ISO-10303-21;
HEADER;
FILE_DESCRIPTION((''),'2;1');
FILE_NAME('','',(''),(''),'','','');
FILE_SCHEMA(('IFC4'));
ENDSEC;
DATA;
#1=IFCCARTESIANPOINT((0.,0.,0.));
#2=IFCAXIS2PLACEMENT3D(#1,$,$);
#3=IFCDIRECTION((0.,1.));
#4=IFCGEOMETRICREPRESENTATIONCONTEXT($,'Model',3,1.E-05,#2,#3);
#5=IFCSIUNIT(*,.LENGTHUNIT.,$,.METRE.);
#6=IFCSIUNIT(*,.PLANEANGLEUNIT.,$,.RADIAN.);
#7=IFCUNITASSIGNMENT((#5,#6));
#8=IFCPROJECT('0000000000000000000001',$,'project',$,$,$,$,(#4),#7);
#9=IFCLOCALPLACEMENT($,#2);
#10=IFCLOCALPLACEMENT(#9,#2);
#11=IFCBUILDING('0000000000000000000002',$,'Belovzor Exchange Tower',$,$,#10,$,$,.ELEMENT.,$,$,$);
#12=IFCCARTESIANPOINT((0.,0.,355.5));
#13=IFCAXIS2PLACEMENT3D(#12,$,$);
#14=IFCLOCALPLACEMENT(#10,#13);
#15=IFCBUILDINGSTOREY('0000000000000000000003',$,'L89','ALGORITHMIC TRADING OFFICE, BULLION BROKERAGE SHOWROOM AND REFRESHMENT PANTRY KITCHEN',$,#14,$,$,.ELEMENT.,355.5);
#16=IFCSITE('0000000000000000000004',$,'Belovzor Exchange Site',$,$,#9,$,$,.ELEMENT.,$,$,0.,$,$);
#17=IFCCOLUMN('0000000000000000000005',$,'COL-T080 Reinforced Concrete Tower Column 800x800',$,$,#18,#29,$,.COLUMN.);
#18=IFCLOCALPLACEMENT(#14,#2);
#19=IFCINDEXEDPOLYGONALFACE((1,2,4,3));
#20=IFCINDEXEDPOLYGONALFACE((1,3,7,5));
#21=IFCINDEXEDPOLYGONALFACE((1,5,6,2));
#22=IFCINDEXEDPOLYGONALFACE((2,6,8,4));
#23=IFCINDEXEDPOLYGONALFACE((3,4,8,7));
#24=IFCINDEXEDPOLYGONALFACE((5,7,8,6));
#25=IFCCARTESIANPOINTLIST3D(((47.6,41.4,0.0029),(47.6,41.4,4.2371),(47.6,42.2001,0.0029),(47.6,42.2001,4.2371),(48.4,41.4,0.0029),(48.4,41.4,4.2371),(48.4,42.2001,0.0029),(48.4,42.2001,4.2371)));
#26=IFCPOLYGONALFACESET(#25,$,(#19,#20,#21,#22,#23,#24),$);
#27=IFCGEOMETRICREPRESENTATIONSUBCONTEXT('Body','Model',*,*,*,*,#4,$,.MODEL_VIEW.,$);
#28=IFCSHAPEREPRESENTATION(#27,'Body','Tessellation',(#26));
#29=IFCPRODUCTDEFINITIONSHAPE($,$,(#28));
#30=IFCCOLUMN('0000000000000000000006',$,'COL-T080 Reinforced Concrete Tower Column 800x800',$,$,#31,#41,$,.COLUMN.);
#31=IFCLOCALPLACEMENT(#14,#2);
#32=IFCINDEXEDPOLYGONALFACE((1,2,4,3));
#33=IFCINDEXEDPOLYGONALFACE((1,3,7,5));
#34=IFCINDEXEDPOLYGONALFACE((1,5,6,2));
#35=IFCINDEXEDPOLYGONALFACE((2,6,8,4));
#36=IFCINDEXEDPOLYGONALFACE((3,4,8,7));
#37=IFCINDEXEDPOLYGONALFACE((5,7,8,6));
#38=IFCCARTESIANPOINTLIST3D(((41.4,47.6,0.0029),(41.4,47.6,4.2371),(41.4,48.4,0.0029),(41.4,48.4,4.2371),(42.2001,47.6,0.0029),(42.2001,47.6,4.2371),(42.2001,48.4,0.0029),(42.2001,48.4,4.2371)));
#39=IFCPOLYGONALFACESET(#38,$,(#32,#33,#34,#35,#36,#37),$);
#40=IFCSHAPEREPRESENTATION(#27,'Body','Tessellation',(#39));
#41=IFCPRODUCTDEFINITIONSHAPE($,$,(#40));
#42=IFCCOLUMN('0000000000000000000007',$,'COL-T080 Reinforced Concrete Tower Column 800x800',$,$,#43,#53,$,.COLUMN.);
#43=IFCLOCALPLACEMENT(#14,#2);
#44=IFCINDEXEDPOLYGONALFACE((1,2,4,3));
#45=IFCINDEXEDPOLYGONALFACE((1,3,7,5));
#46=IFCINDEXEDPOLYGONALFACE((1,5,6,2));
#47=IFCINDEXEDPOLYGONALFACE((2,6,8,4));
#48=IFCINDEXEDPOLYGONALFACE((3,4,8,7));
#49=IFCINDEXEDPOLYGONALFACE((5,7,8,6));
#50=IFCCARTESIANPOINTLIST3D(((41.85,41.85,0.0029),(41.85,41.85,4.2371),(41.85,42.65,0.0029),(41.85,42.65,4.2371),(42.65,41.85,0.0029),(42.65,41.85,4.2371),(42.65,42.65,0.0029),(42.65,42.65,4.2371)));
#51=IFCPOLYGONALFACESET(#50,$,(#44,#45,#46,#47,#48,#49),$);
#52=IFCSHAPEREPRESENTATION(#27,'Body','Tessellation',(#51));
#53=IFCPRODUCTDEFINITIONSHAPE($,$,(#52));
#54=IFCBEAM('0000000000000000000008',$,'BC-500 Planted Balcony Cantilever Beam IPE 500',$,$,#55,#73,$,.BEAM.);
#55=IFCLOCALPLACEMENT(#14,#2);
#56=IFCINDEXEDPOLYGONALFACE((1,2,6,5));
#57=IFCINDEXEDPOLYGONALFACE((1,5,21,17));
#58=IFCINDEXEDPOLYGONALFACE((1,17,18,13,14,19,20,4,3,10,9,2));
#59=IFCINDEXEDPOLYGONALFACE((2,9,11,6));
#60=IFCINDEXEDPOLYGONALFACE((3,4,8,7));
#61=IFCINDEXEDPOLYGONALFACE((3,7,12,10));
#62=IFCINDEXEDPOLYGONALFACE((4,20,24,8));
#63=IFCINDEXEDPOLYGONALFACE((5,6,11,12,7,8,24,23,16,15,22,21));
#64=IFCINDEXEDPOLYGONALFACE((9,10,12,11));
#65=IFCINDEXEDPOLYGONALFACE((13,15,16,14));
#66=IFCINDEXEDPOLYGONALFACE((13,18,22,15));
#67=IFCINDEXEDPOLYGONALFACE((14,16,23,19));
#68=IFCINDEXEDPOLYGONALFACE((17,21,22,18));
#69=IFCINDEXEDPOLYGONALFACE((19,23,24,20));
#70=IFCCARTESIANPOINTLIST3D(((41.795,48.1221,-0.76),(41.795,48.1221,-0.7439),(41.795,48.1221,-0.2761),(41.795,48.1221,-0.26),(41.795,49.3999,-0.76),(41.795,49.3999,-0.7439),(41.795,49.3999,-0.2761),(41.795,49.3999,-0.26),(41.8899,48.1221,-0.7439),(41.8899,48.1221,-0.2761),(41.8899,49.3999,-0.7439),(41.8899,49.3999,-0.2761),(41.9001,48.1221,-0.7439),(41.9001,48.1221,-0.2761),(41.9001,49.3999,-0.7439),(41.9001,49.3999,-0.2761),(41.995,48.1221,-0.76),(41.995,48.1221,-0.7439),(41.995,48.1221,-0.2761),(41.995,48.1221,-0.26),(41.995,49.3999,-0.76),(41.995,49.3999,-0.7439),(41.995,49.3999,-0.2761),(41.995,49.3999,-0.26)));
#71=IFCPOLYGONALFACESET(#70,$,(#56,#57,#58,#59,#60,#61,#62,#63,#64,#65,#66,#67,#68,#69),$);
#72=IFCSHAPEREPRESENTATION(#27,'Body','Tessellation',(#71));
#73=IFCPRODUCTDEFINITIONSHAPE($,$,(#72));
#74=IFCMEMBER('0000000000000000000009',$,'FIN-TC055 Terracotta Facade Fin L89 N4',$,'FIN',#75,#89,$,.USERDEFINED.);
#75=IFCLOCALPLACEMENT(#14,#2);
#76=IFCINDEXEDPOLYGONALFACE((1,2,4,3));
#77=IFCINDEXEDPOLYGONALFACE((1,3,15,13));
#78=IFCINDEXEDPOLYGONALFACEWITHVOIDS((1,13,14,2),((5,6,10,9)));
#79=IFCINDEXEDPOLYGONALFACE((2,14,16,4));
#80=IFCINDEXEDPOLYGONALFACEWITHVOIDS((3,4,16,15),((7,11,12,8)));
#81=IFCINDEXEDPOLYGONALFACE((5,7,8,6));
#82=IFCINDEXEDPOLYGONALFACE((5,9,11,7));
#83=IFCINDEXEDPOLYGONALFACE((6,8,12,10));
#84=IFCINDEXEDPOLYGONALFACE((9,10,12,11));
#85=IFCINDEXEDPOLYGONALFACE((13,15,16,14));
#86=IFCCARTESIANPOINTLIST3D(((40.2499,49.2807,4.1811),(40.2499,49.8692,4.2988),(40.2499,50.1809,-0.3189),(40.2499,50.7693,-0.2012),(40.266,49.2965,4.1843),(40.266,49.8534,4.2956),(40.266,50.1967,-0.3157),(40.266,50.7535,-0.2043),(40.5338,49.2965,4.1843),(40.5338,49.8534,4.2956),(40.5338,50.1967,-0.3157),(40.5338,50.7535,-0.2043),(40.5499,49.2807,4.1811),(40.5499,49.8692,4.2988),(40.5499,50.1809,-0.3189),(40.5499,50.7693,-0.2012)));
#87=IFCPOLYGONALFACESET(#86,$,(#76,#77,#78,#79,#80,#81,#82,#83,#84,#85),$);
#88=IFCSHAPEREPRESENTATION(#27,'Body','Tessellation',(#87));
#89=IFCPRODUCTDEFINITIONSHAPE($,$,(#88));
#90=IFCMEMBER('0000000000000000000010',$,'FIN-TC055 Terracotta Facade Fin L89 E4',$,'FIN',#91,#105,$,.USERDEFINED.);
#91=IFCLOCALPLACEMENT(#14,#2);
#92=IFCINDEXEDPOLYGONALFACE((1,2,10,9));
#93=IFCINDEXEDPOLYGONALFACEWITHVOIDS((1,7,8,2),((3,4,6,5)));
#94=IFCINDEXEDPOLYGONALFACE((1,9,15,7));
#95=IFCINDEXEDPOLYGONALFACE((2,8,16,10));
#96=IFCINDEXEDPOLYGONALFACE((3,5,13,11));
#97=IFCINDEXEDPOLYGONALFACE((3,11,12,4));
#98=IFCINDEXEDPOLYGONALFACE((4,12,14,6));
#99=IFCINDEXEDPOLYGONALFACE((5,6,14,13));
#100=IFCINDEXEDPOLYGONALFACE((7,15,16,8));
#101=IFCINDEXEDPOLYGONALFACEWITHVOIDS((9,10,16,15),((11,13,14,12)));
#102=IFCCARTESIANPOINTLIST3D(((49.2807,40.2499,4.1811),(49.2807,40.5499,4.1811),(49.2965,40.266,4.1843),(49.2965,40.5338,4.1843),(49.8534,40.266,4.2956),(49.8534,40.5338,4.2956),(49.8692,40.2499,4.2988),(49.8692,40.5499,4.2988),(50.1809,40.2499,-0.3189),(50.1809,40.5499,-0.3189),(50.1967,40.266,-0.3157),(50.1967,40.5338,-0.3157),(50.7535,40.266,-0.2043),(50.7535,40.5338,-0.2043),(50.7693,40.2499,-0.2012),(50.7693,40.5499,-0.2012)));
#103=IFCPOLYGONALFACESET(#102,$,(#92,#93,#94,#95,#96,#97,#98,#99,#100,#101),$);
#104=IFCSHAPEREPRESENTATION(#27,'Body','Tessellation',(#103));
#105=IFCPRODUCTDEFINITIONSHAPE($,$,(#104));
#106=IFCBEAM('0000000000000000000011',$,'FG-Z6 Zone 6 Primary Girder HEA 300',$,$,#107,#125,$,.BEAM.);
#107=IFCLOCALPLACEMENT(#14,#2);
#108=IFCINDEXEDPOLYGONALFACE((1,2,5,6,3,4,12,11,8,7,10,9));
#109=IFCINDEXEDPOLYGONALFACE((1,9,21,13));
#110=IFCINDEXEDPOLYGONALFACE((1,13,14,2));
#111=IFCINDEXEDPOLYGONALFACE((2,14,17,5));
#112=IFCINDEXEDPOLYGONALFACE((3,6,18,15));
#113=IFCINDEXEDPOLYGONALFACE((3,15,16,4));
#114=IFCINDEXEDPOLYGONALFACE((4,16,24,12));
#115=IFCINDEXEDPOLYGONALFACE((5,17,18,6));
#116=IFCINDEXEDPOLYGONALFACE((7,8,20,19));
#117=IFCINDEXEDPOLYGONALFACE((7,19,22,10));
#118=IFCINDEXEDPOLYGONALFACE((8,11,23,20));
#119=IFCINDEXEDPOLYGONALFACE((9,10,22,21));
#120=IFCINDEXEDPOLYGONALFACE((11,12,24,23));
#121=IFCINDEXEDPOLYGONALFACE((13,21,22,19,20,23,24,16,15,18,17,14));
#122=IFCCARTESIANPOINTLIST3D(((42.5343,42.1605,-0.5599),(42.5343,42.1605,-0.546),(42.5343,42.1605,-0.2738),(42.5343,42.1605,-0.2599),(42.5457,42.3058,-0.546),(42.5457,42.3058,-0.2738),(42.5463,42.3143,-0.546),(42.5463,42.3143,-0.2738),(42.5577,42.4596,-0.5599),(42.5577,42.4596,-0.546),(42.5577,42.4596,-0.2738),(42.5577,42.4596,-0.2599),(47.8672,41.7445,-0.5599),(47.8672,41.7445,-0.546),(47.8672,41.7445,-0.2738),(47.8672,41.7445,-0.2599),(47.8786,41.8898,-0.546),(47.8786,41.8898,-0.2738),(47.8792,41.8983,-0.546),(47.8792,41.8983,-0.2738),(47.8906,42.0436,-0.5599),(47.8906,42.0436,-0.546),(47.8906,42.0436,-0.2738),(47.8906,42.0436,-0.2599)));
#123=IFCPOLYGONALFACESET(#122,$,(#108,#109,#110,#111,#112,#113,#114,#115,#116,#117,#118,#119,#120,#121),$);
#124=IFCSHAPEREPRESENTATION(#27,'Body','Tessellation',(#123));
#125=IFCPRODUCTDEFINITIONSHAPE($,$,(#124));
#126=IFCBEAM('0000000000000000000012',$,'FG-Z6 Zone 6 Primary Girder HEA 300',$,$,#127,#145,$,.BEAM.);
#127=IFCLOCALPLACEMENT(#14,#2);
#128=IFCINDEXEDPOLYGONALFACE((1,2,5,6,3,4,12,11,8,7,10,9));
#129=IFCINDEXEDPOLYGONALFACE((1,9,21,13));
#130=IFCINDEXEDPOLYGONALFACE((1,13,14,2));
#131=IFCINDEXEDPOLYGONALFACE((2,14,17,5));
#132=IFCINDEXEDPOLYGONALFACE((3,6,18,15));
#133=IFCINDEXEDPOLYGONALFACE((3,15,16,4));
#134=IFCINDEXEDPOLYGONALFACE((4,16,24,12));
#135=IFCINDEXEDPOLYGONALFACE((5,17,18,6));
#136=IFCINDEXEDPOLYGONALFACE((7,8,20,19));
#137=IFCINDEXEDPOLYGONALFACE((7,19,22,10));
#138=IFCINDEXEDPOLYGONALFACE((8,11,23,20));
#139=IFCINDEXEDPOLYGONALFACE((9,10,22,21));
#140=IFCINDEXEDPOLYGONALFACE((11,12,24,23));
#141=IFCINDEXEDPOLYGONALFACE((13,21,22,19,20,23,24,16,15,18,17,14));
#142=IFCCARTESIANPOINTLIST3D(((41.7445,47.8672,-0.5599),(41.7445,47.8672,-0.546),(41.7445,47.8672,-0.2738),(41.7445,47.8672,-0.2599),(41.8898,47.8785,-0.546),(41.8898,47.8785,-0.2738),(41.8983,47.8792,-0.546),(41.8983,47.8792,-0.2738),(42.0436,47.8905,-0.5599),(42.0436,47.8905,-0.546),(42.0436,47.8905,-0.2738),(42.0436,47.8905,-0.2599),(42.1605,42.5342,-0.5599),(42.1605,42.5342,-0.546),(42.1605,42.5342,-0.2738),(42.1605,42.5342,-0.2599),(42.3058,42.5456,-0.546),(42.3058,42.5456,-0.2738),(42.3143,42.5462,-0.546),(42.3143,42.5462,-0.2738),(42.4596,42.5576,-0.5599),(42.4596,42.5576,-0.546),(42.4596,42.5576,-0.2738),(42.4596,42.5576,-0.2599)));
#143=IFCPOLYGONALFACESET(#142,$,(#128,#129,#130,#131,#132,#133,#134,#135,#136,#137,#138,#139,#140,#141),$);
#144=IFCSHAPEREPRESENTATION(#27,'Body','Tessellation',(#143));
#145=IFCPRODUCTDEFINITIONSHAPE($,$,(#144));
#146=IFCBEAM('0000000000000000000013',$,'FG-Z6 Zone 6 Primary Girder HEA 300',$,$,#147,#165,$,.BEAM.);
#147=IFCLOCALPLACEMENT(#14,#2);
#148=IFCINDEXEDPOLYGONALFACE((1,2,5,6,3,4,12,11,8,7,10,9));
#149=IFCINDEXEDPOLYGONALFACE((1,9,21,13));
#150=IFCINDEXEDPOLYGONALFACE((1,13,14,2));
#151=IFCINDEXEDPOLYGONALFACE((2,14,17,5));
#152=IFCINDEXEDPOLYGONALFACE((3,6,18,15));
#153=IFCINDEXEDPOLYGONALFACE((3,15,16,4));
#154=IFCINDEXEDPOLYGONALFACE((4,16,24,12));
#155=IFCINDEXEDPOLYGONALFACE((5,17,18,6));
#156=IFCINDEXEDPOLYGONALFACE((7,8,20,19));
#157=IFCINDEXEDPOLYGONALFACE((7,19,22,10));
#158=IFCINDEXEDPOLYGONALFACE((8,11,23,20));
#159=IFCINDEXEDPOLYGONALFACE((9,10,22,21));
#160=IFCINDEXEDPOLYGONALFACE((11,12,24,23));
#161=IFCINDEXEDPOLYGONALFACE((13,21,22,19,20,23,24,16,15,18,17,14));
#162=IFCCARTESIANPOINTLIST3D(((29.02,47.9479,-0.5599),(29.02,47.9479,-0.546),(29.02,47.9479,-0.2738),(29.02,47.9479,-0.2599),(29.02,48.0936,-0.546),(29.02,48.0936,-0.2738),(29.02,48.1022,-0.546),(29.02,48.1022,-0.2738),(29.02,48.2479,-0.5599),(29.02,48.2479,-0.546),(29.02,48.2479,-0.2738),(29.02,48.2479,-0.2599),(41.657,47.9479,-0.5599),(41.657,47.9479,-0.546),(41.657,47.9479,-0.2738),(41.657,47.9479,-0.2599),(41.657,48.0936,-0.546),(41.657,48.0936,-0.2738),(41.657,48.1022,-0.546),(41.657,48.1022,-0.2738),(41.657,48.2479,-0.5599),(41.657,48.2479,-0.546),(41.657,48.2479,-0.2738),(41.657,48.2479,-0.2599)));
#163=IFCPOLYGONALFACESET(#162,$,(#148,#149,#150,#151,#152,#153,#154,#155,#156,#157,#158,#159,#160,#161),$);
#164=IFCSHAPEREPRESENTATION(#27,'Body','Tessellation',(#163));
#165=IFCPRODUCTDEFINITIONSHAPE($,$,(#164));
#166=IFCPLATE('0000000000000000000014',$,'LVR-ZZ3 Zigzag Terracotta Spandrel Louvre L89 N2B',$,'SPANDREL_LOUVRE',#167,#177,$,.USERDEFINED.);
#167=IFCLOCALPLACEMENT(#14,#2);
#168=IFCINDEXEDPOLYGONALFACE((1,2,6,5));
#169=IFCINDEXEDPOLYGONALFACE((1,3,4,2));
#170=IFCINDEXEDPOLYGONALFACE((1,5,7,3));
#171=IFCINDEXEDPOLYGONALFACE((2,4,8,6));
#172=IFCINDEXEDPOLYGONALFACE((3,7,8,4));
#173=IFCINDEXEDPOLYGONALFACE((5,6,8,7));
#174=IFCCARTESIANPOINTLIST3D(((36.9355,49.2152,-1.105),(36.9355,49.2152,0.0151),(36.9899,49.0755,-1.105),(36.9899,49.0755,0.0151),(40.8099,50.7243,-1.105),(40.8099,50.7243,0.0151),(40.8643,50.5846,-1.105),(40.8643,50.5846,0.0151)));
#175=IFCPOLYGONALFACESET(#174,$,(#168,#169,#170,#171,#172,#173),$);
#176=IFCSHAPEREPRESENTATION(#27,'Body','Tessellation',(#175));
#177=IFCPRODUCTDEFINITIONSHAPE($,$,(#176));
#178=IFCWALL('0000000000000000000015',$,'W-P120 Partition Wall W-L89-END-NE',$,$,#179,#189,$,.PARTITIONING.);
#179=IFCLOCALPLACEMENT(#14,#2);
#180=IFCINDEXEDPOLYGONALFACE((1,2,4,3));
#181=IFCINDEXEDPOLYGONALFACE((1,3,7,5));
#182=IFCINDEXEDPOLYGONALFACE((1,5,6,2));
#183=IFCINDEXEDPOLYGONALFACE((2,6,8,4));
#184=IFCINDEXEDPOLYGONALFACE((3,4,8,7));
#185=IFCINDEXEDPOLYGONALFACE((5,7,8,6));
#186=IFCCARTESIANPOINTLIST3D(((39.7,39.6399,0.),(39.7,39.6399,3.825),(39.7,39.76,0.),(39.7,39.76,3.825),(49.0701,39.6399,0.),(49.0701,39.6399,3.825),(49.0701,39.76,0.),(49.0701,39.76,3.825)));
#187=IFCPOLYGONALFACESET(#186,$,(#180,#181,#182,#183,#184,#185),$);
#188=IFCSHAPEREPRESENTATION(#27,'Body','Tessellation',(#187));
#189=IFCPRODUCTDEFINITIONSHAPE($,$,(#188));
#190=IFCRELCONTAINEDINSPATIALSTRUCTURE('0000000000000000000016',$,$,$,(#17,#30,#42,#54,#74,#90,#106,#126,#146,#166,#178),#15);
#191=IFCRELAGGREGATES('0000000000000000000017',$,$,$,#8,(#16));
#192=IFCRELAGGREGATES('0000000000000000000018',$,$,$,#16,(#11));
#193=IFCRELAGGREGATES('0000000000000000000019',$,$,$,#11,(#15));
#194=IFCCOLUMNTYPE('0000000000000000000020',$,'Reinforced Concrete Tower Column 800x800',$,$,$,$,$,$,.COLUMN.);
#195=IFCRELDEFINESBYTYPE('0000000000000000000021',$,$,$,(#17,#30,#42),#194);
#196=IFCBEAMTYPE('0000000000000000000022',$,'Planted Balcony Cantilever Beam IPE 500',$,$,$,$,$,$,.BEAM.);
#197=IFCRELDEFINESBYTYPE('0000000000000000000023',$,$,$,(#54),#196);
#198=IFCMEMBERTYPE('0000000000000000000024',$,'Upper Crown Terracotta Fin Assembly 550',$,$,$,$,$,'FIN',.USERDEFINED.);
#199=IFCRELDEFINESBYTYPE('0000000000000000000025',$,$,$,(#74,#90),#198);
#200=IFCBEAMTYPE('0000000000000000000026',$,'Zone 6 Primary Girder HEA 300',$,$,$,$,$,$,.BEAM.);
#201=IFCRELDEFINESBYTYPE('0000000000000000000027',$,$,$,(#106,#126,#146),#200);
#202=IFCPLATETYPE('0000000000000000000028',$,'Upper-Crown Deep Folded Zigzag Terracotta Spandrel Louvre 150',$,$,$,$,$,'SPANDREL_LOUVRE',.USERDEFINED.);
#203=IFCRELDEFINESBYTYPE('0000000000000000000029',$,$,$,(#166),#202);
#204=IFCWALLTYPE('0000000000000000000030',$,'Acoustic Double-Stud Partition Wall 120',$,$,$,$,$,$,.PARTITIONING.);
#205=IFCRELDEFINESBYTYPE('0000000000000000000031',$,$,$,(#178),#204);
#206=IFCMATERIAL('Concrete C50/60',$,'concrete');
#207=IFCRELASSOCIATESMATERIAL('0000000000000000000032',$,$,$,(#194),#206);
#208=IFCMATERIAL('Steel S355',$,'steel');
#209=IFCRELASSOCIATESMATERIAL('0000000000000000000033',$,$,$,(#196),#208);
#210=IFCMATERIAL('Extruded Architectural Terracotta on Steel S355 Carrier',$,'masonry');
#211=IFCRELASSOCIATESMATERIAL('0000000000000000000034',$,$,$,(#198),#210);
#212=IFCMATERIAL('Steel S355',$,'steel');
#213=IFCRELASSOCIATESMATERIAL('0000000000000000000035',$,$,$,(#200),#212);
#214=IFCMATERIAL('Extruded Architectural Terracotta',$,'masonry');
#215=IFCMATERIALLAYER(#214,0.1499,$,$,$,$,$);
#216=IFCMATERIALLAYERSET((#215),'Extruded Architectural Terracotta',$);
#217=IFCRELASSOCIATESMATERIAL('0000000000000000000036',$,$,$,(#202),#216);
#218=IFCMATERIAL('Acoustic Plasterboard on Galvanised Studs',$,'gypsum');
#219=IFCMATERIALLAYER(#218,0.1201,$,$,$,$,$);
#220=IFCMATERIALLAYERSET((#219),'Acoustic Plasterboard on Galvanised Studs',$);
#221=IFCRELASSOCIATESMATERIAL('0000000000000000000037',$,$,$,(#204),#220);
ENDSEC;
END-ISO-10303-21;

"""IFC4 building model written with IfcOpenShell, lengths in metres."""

from ifc_helpers import new_model, si_unit, direction, frame, frame_2d, origin, origin_2d, place, context, subcontext, project, spatial, rectangle, hollow_rectangle, i_section, extrude, material, layer, layer_set, material_profile, profile_set, type_object, element, save


model = new_model("IFC4")

# Units and contexts
model_context = context("Model", 3, precision=1e-05, world=origin(), true_north=direction((0.0, 1.0)))
body_context = subcontext(model_context, "Body", "Model", "MODEL_VIEW")
ifc_project = project(units=[si_unit("LENGTHUNIT", "METRE"), si_unit("PLANEANGLEUNIT", "RADIAN")], contexts=[model_context])

# Site, building, storey
site_placement = place(None, origin())
site = spatial("IfcSite", under=ifc_project, at=site_placement, Name="Belovzor Exchange Site", CompositionType="ELEMENT", RefElevation=0.0)
building_placement = place(site_placement, origin())
building = spatial("IfcBuilding", under=site, at=building_placement, Name="Belovzor Exchange Tower", CompositionType="ELEMENT")
storey_placement = place(building_placement, frame((0.0, 0.0, 355.5)))
storey = spatial("IfcBuildingStorey", under=building, at=storey_placement, Name="L89", Description="ALGORITHMIC TRADING OFFICE, BULLION BROKERAGE SHOWROOM AND REFRESHMENT PANTRY KITCHEN", CompositionType="ELEMENT", Elevation=355.5)

# Columns
ifc_material_1 = material(Name="Concrete C50/60", Category="concrete")
ifc_material_profile_1 = material_profile(ifc_material_1, rectangle(XDim=0.8, YDim=0.8, at=origin_2d()))
ifc_profile_set_1 = profile_set([ifc_material_profile_1], Name="Concrete C50/60")
column_type = type_object("IfcColumnType", Name="Reinforced Concrete Tower Column 800x800", PredefinedType="COLUMN", material=ifc_profile_set_1)
for number, where, z_axis, x_axis, name in (
    (1, (48.0, 41.8, 0.0029), (0.0, 0.0, 1.0), (1.0, 0.0, 0.0), "COL-T080 Reinforced Concrete Tower Column 800x800"),
    (2, (41.8, 48.0, 0.0029), (0.0, 0.0, 1.0), (1.0, 0.0, 0.0), "COL-T080 Reinforced Concrete Tower Column 800x800"),
    (3, (42.25, 42.25, 0.0029), (0.0, 0.0, 1.0), (1.0, 0.0, 0.0), "COL-T080 Reinforced Concrete Tower Column 800x800"),
):
    element("IfcColumn", number, at=place(storey_placement, frame(where, z_axis=z_axis, x_axis=x_axis)), inside=storey, type_object=column_type, Name=name, PredefinedType="COLUMN", context=body_context, shape_type="SweptSolid", body=[
        extrude(rectangle(XDim=0.8, YDim=0.8, at=origin_2d()), origin(), (0.0, 0.0, 1.0), 4.2341),
    ])

# Beam
ifc_material_2 = material(Name="Steel S355", Category="steel")
ifc_material_profile_2 = material_profile(ifc_material_2, i_section(OverallWidth=0.2, OverallDepth=0.5, WebThickness=0.0103, FlangeThickness=0.0161, at=origin_2d()))
ifc_profile_set_2 = profile_set([ifc_material_profile_2], Name="Steel S355")
beam_type_1 = type_object("IfcBeamType", Name="Planted Balcony Cantilever Beam IPE 500", PredefinedType="BEAM", material=ifc_profile_set_2)
beam_1_placement = place(storey_placement, frame((41.895, 48.1221, -0.51), z_axis=(0.0, 1.0, 0.0), x_axis=(-1.0, 0.0, 0.0)))
element("IfcBeam", 4, at=beam_1_placement, inside=storey, type_object=beam_type_1, Name="BC-500 Planted Balcony Cantilever Beam IPE 500", PredefinedType="BEAM", context=body_context, shape_type="SweptSolid", body=[
    extrude(i_section(OverallWidth=0.2, OverallDepth=0.5, WebThickness=0.0103, FlangeThickness=0.0161, at=origin_2d()), origin(), (0.0, 0.0, 1.0), 1.2778),
])

# Members
ifc_material_3 = material(Name="Extruded Architectural Terracotta on Steel S355 Carrier", Category="masonry")
ifc_material_profile_3 = material_profile(ifc_material_3, hollow_rectangle(XDim=0.3, YDim=0.6001, WallThickness=0.0161, at=origin_2d()))
ifc_profile_set_3 = profile_set([ifc_material_profile_3], Name="Extruded Architectural Terracotta on Steel S355 Carrier")
member_type = type_object("IfcMemberType", Name="Upper Crown Terracotta Fin Assembly 550", ElementType="FIN", PredefinedType="USERDEFINED", material=ifc_profile_set_3)
for number, where, z_axis, x_axis, name in (
    (5, (40.3999, 50.4751, -0.26), (0.0, -0.196147, 0.980575), (1.0, 0.0, 0.0), "FIN-TC055 Terracotta Facade Fin L89 N4"),
    (6, (50.4751, 40.3999, -0.26), (-0.196147, 0.0, 0.980575), (0.0, -1.0, 0.0), "FIN-TC055 Terracotta Facade Fin L89 E4"),
):
    element("IfcMember", number, at=place(storey_placement, frame(where, z_axis=z_axis, x_axis=x_axis)), inside=storey, type_object=member_type, Name=name, ObjectType="FIN", PredefinedType="USERDEFINED", context=body_context, shape_type="SweptSolid", body=[
        extrude(hollow_rectangle(XDim=0.3, YDim=0.6001, WallThickness=0.0161, at=origin_2d()), origin(), (0.0, 0.0, 1.0), 4.5891),
    ])

# Beams
ifc_material_4 = material(Name="Steel S355", Category="steel")
ifc_material_profile_4 = material_profile(ifc_material_4, i_section(OverallWidth=0.3, OverallDepth=0.3, WebThickness=0.0085, FlangeThickness=0.0139, at=origin_2d()))
ifc_profile_set_4 = profile_set([ifc_material_profile_4], Name="Steel S355")
beam_type_2 = type_object("IfcBeamType", Name="Zone 6 Primary Girder HEA 300", PredefinedType="BEAM", material=ifc_profile_set_4)
for number, where, z_axis, x_axis, name in (
    (7, (47.8789, 41.894, -0.4099), (-0.996971, 0.077771, 0.0), (-0.077771, -0.996971, 0.0), "FG-Z6 Zone 6 Primary Girder HEA 300"),
    (8, (42.3101, 42.5459, -0.4099), (-0.077771, 0.996971, 0.0), (-0.996971, -0.077771, 0.0), "FG-Z6 Zone 6 Primary Girder HEA 300"),
):
    element("IfcBeam", number, at=place(storey_placement, frame(where, z_axis=z_axis, x_axis=x_axis)), inside=storey, type_object=beam_type_2, Name=name, PredefinedType="BEAM", context=body_context, shape_type="SweptSolid", body=[
        extrude(i_section(OverallWidth=0.3, OverallDepth=0.3, WebThickness=0.0085, FlangeThickness=0.0139, at=origin_2d()), origin(), (0.0, 0.0, 1.0), 5.3491),
    ])
beam_2_placement = place(storey_placement, frame((41.657, 48.0979, -0.4099), z_axis=(-1.0, 0.0, 0.0), x_axis=(0.0, -1.0, 0.0)))
element("IfcBeam", 9, at=beam_2_placement, inside=storey, type_object=beam_type_2, Name="FG-Z6 Zone 6 Primary Girder HEA 300", PredefinedType="BEAM", context=body_context, shape_type="SweptSolid", body=[
    extrude(i_section(OverallWidth=0.3, OverallDepth=0.3, WebThickness=0.0085, FlangeThickness=0.0139, at=origin_2d()), origin(), (0.0, 0.0, 1.0), 12.637),
])

# Plate
ifc_material_5 = material(Name="Extruded Architectural Terracotta", Category="masonry")
ifc_layer_1 = layer(ifc_material_5, 0.1499)
ifc_layer_set_1 = layer_set([ifc_layer_1], Name="Extruded Architectural Terracotta")
plate_type = type_object("IfcPlateType", Name="Upper-Crown Deep Folded Zigzag Terracotta Spandrel Louvre 150", ElementType="SPANDREL_LOUVRE", PredefinedType="USERDEFINED", material=ifc_layer_set_1)
plate_placement = place(storey_placement, frame((38.8999, 49.8999, -1.105), z_axis=(0.0, 0.0, 1.0), x_axis=(0.931818, 0.362926, 0.0)))
element("IfcPlate", 10, at=plate_placement, inside=storey, type_object=plate_type, Name="LVR-ZZ3 Zigzag Terracotta Spandrel Louvre L89 N2B", ObjectType="SPANDREL_LOUVRE", PredefinedType="USERDEFINED", context=body_context, shape_type="SweptSolid", body=[
    extrude(rectangle(XDim=4.158, YDim=0.1499, at=origin_2d()), origin(), (0.0, 0.0, 1.0), 1.1201),
])

# Wall
ifc_material_6 = material(Name="Acoustic Plasterboard on Galvanised Studs", Category="gypsum")
ifc_layer_2 = layer(ifc_material_6, 0.1201)
ifc_layer_set_2 = layer_set([ifc_layer_2], Name="Acoustic Plasterboard on Galvanised Studs")
wall_type_1 = type_object("IfcWallType", Name="Acoustic Double-Stud Partition Wall 120", PredefinedType="PARTITIONING", material=ifc_layer_set_2)
wall_1_placement = place(storey_placement, frame((39.7, 39.7, 0.0), z_axis=(0.0, 0.0, 1.0), x_axis=(1.0, 0.0, 0.0)))
element("IfcWall", 11, at=wall_1_placement, inside=storey, type_object=wall_type_1, Name="W-P120 Partition Wall W-L89-END-NE", PredefinedType="PARTITIONING", context=body_context, shape_type="SweptSolid", body=[
    extrude(rectangle(XDim=9.3701, YDim=0.1201, at=frame_2d((4.6851, 0.0))), origin(), (0.0, 0.0, 1.0), 3.825),
])

save(model, "model.ifc")
